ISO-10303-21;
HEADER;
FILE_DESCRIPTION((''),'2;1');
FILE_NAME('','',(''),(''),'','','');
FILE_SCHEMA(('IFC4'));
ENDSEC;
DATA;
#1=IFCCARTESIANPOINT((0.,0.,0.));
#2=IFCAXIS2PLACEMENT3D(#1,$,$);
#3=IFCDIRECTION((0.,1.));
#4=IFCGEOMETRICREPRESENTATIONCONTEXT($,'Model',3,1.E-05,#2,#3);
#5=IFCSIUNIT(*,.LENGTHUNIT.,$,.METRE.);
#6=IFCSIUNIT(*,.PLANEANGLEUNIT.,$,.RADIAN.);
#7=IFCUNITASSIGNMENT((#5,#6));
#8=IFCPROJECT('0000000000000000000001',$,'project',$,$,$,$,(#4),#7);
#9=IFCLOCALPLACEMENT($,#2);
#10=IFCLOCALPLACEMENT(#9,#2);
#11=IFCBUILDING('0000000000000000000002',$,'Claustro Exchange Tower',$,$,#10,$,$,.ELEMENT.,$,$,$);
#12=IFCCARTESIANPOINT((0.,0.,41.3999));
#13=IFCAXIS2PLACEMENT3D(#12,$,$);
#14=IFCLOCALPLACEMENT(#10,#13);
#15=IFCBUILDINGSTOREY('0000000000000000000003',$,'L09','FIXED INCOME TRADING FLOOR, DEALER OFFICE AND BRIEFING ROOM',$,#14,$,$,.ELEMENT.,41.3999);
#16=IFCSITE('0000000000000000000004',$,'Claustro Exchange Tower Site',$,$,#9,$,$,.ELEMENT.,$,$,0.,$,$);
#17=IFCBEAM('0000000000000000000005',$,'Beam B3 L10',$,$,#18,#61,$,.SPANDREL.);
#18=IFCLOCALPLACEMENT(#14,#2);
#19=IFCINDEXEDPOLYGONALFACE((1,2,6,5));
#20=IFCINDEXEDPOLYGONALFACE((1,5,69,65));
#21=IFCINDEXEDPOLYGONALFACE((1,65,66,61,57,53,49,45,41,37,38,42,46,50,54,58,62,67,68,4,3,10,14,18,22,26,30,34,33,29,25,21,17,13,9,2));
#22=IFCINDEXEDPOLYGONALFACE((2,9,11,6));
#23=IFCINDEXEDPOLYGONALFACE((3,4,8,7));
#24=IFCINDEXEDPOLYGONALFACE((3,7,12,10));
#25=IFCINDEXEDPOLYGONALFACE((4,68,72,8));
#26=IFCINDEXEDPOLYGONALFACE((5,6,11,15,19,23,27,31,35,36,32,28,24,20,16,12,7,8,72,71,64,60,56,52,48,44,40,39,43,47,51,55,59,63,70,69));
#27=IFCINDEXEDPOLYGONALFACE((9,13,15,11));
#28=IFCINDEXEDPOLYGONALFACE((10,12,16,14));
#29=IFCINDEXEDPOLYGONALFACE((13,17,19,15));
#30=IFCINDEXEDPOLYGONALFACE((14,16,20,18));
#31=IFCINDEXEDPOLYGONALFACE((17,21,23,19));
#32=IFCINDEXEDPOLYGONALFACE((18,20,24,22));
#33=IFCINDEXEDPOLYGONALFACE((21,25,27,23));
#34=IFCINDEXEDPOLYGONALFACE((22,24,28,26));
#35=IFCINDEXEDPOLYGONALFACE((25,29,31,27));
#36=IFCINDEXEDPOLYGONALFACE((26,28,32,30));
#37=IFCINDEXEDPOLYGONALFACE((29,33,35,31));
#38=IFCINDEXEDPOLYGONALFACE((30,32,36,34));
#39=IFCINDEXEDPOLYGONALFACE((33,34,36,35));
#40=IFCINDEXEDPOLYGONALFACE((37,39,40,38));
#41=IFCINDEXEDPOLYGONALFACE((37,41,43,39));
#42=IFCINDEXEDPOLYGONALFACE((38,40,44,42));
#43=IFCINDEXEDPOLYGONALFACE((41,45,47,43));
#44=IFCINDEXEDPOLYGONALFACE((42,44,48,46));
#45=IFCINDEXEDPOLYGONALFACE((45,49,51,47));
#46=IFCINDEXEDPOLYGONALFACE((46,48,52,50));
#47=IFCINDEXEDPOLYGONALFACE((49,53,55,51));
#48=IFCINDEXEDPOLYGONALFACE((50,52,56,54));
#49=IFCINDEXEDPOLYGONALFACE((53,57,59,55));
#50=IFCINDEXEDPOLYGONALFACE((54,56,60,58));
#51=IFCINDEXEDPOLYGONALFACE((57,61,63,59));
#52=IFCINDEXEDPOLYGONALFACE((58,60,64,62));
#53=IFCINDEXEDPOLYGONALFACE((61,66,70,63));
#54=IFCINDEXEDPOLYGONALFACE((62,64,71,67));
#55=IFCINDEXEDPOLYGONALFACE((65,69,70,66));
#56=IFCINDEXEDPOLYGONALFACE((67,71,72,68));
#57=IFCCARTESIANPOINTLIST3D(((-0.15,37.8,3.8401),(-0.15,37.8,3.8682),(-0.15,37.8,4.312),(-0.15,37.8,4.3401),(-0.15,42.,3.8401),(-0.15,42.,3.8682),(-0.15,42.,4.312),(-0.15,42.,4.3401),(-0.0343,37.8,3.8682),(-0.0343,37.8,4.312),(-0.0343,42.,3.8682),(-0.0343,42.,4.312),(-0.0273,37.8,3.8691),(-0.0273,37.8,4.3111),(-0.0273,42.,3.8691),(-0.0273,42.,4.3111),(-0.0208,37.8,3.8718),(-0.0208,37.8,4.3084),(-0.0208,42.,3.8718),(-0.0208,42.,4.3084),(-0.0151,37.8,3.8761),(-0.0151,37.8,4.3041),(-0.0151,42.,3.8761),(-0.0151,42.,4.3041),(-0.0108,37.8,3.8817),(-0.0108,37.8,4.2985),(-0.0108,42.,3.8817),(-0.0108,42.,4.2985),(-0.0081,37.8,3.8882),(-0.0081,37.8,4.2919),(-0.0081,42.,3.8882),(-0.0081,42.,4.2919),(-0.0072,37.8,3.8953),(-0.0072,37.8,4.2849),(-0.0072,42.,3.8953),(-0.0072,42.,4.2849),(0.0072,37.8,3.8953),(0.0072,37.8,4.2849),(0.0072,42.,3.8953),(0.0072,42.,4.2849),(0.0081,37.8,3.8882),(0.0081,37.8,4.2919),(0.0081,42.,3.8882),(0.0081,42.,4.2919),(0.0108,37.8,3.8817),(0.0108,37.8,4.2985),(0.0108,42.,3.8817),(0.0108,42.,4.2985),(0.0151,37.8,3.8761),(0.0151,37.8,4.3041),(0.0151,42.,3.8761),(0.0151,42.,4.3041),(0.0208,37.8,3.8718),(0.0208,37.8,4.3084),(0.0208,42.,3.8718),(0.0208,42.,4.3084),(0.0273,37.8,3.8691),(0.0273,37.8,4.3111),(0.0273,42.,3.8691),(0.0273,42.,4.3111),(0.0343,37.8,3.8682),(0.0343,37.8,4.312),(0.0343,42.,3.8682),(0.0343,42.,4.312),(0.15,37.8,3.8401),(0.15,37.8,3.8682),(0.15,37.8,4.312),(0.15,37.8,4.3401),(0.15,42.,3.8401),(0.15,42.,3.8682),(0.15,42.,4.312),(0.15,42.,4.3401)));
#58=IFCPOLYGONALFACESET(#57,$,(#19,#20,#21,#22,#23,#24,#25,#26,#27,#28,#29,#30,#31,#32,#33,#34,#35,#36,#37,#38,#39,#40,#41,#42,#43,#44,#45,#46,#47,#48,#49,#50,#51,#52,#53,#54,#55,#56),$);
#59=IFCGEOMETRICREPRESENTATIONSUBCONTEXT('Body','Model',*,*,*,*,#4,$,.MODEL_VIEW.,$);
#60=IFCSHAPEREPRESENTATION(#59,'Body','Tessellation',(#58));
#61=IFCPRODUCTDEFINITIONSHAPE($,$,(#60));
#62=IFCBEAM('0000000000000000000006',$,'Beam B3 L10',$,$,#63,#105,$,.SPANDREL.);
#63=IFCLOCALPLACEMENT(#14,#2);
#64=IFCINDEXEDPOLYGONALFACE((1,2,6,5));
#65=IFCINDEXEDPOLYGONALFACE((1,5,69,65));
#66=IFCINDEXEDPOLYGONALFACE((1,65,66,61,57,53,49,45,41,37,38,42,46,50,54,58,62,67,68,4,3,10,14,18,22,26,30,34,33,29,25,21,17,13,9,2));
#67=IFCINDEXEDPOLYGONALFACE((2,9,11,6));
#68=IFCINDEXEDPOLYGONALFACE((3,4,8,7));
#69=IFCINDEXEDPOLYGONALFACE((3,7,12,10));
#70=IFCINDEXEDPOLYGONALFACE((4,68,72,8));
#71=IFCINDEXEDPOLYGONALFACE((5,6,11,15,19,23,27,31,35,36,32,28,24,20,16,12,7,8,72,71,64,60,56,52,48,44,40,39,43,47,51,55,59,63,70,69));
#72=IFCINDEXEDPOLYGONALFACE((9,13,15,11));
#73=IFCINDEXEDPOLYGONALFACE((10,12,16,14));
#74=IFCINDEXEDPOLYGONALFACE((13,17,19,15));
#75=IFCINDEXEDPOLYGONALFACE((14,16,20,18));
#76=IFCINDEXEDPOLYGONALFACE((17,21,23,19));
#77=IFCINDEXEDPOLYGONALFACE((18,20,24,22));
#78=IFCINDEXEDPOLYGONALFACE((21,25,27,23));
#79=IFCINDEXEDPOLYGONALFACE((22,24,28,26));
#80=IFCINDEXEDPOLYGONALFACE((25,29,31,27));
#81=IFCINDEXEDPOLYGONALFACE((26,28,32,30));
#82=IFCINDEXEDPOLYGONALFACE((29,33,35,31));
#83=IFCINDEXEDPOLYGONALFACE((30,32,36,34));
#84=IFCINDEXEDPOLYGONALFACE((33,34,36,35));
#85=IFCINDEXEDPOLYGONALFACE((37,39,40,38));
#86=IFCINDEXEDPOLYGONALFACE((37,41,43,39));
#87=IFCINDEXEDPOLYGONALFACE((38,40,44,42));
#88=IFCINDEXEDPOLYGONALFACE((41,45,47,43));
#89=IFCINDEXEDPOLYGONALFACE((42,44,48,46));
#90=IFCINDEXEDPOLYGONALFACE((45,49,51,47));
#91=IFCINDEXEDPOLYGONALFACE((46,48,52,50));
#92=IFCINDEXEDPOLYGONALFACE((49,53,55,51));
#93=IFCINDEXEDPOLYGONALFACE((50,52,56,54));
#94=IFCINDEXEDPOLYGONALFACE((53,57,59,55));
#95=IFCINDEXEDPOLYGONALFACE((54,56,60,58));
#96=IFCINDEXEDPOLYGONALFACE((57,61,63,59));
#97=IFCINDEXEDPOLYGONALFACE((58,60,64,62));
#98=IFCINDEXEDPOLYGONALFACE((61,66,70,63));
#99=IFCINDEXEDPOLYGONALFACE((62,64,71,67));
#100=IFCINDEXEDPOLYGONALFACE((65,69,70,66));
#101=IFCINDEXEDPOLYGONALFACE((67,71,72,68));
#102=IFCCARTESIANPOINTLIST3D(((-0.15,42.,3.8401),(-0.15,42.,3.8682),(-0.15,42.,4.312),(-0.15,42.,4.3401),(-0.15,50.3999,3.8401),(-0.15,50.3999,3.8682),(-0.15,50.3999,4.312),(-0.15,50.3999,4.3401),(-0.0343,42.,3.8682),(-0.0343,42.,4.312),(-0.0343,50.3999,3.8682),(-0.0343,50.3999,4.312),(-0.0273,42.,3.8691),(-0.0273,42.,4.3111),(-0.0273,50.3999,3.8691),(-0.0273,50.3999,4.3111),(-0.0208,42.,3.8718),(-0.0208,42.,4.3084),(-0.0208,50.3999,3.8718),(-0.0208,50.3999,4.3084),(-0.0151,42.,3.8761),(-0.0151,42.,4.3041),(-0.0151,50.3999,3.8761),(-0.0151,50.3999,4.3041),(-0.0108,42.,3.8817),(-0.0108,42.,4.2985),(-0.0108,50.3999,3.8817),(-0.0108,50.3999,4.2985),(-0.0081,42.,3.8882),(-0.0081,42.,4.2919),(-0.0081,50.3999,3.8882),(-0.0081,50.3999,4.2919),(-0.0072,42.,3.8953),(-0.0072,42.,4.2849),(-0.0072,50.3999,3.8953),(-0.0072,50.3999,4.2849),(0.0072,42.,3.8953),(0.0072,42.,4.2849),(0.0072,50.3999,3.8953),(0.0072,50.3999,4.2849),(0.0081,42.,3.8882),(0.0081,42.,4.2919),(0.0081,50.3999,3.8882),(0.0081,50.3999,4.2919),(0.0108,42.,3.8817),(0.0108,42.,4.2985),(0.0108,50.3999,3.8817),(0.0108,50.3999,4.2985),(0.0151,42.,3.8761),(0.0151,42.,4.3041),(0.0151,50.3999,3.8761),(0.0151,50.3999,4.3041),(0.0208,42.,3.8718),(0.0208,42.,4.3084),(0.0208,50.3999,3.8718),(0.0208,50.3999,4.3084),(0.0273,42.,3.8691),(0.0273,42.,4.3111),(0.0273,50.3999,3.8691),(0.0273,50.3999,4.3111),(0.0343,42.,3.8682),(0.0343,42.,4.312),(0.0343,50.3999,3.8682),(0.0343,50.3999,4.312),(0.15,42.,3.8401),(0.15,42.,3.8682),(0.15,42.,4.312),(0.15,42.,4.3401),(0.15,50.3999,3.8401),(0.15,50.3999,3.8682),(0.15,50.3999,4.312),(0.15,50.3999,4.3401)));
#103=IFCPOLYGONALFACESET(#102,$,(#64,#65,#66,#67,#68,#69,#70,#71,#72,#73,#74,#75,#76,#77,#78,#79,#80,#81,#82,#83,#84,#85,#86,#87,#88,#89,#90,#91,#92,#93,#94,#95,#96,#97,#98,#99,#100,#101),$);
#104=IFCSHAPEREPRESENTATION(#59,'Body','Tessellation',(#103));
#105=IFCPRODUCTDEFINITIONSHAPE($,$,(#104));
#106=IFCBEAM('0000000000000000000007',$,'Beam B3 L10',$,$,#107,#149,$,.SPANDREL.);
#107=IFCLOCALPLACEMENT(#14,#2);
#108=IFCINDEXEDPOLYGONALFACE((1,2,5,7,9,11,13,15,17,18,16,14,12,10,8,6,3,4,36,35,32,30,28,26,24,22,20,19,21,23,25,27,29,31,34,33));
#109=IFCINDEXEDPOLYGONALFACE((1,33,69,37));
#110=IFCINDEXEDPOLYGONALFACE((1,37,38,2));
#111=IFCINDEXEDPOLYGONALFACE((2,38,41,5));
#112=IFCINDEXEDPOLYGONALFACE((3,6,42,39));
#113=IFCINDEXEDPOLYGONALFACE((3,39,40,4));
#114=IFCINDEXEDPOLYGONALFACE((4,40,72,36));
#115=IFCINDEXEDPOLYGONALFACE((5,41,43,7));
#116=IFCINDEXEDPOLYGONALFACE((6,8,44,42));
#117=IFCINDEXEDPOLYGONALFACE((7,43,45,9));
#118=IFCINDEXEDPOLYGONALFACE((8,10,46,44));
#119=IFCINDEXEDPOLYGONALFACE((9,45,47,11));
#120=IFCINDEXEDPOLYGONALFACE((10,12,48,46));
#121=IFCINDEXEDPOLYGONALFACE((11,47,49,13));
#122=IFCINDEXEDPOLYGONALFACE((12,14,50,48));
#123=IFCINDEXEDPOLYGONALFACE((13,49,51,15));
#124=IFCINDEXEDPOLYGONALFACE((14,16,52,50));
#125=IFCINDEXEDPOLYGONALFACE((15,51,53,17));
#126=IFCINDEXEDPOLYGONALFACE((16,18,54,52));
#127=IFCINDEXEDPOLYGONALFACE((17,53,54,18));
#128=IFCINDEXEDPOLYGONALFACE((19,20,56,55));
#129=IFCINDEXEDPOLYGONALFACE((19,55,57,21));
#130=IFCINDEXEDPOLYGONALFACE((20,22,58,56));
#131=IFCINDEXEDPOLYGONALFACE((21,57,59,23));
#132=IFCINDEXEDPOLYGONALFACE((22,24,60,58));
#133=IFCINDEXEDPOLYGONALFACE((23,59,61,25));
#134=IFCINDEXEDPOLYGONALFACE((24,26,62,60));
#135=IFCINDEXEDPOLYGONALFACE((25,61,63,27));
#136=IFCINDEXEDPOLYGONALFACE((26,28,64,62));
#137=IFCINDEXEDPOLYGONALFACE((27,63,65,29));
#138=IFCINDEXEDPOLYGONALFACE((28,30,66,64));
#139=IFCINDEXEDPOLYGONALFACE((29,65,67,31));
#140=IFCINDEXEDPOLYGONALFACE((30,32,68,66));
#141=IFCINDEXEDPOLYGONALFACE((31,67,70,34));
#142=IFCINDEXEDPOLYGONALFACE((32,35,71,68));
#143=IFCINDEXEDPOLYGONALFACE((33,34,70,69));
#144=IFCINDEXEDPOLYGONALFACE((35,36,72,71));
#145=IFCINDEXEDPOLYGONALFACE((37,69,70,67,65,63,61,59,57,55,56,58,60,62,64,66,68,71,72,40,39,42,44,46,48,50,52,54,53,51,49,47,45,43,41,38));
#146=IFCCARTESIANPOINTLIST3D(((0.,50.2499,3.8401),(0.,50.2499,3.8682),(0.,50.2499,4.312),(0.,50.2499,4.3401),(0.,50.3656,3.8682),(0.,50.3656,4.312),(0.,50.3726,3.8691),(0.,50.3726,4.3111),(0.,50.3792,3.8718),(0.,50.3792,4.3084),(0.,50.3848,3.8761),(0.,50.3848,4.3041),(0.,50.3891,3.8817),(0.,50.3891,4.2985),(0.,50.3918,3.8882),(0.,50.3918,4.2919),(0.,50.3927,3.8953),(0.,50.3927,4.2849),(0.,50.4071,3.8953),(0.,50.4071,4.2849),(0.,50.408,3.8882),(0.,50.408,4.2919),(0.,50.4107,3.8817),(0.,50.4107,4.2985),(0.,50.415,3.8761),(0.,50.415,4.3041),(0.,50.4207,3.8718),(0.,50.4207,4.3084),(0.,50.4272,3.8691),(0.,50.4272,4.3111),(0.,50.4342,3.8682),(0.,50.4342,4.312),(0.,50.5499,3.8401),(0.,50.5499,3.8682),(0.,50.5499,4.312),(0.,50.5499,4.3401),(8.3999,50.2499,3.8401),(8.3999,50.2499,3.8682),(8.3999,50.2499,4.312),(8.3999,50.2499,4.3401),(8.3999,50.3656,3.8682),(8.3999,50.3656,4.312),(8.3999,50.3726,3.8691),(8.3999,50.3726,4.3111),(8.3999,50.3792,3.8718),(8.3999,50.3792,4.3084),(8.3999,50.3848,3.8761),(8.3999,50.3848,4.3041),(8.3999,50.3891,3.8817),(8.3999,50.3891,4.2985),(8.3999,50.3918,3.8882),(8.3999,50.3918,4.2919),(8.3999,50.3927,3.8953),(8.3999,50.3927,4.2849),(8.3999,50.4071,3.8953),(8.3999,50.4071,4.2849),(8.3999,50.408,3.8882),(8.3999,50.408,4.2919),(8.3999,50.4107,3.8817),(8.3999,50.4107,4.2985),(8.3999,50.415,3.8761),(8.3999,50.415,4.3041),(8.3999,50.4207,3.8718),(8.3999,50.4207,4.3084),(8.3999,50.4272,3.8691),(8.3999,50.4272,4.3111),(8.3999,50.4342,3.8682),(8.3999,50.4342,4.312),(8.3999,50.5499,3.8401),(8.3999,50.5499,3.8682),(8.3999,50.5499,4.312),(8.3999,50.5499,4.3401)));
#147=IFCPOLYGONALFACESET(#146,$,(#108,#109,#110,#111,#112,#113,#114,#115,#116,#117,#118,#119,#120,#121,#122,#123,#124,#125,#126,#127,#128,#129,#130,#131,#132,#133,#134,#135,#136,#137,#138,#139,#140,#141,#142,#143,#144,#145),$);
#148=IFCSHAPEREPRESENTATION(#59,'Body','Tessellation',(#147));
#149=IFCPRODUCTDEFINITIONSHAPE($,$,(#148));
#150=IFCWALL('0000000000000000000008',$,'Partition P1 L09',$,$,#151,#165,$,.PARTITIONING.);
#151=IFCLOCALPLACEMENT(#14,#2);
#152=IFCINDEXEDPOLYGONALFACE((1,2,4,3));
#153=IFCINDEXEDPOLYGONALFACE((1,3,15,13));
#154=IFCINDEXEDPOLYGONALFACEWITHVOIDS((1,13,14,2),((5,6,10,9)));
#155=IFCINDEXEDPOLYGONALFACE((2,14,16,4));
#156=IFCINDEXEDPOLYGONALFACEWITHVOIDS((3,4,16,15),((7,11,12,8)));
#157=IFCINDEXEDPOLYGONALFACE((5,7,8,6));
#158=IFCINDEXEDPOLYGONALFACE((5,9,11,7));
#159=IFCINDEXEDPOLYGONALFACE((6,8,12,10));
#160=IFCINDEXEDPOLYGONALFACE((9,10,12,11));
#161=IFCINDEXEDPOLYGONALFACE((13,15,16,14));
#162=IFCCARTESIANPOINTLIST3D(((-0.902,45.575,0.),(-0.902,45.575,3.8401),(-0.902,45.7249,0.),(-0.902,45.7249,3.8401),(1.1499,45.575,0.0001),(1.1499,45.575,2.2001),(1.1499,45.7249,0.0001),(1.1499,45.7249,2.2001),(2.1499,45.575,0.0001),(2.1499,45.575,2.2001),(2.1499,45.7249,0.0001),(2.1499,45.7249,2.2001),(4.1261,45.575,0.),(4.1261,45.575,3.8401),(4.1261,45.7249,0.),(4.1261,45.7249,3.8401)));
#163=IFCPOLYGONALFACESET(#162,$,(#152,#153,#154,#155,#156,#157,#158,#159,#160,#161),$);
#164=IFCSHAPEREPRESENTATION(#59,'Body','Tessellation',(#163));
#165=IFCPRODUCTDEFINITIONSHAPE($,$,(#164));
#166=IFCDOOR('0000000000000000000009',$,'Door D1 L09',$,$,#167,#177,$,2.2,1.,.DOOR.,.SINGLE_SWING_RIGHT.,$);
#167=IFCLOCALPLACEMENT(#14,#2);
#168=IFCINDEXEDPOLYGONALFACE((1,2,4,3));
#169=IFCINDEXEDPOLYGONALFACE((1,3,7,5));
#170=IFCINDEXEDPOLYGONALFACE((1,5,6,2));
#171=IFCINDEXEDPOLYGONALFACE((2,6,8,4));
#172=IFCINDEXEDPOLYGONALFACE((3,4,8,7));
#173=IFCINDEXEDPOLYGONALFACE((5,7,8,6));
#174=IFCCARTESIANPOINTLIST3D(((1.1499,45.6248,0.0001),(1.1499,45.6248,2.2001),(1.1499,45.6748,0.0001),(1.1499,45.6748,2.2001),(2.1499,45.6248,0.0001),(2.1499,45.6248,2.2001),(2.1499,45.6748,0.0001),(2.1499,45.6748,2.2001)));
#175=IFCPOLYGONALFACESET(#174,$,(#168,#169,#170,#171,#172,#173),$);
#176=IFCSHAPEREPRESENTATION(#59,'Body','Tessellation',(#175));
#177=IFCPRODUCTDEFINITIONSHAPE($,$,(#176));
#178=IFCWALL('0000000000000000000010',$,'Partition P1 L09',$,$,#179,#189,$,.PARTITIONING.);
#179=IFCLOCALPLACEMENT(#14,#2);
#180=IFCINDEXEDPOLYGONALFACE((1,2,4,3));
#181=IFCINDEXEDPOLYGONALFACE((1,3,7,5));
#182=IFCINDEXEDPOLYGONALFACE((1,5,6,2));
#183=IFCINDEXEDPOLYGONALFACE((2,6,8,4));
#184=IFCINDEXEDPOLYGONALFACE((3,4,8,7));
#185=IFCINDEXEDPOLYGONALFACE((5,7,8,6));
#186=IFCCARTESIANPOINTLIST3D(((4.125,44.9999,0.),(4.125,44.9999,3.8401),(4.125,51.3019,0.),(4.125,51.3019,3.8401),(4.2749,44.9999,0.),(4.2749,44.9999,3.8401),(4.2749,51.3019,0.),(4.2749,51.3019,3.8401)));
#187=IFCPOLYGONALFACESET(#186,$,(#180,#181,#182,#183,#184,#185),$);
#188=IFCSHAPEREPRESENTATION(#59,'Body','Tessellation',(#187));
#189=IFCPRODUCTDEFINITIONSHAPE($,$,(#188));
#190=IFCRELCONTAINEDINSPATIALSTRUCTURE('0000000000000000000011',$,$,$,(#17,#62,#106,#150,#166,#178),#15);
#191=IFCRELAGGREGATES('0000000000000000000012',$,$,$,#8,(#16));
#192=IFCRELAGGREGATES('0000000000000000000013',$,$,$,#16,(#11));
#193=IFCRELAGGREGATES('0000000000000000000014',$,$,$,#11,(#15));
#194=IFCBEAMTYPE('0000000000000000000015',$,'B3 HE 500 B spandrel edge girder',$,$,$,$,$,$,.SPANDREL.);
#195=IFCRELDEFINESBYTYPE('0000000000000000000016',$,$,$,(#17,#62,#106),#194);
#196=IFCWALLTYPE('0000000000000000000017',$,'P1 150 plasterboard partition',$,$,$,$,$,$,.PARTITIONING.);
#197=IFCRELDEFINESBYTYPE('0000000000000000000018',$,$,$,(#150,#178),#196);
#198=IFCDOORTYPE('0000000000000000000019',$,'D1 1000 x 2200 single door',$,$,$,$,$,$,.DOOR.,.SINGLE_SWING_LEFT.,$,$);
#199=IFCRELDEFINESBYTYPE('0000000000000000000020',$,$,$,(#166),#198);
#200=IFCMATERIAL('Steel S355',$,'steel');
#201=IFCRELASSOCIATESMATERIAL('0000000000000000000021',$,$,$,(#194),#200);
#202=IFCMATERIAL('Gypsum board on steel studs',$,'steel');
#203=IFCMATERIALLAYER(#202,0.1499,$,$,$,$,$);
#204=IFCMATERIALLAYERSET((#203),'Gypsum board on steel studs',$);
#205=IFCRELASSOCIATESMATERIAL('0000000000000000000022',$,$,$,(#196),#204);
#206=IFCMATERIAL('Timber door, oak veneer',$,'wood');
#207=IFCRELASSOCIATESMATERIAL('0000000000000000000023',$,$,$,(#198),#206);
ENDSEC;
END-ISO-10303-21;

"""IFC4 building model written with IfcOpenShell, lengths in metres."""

from ifc_helpers import new_model, si_unit, direction, frame, frame_2d, origin, origin_2d, place, context, subcontext, project, spatial, rectangle, i_section, extrude, material, layer, layer_set, material_profile, profile_set, type_object, element, fill, save


model = new_model("IFC4")

# Units and contexts
model_context = context("Model", 3, precision=1e-05, world=origin(), true_north=direction((0.0, 1.0)))
body_context = subcontext(model_context, "Body", "Model", "MODEL_VIEW")
ifc_project = project(units=[si_unit("LENGTHUNIT", "METRE"), si_unit("PLANEANGLEUNIT", "RADIAN")], contexts=[model_context])

# Site, building, storey
site_placement = place(None, origin())
site = spatial("IfcSite", under=ifc_project, at=site_placement, Name="Claustro Exchange Tower Site", CompositionType="ELEMENT", RefElevation=0.0)
building_placement = place(site_placement, origin())
building = spatial("IfcBuilding", under=site, at=building_placement, Name="Claustro Exchange Tower", CompositionType="ELEMENT")
storey_placement = place(building_placement, frame((0.0, 0.0, 41.3999)))
storey = spatial("IfcBuildingStorey", under=building, at=storey_placement, Name="L09", Description="FIXED INCOME TRADING FLOOR, DEALER OFFICE AND BRIEFING ROOM", CompositionType="ELEMENT", Elevation=41.3999)

# Beams
ifc_material_1 = material(Name="Steel S355", Category="steel")
ifc_material_profile_1 = material_profile(ifc_material_1, i_section(OverallWidth=0.3, OverallDepth=0.5, WebThickness=0.0144, FlangeThickness=0.0281, FilletRadius=0.0271, at=origin_2d()), Name="HE 500 B")
ifc_profile_set_1 = profile_set([ifc_material_profile_1], Name="Steel S355")
beam_type_1 = type_object("IfcBeamType", Name="B3 HE 500 B spandrel edge girder", PredefinedType="SPANDREL", material=ifc_profile_set_1)
beam_1_placement = place(storey_placement, frame((0.0, 37.8, 4.0901), z_axis=(0.0, 1.0, 0.0), x_axis=(-1.0, 0.0, 0.0)))
element("IfcBeam", 1, at=beam_1_placement, inside=storey, type_object=beam_type_1, Name="Beam B3 L10", PredefinedType="SPANDREL", context=body_context, shape_type="SweptSolid", body=[
    extrude(i_section(OverallWidth=0.3, OverallDepth=0.5, WebThickness=0.0144, FlangeThickness=0.0281, FilletRadius=0.0271, at=origin_2d()), origin(), (0.0, 0.0, 1.0), 4.2),
])
for number, where, z_axis, x_axis, name in (
    (2, (0.0, 42.0, 4.0901), (0.0, 1.0, 0.0), (-1.0, 0.0, 0.0), "Beam B3 L10"),
    (3, (0.0, 50.3999, 4.0901), (1.0, 0.0, 0.0), (0.0, 1.0, 0.0), "Beam B3 L10"),
):
    element("IfcBeam", number, at=place(storey_placement, frame(where, z_axis=z_axis, x_axis=x_axis)), inside=storey, type_object=beam_type_1, Name=name, PredefinedType="SPANDREL", context=body_context, shape_type="SweptSolid", body=[
        extrude(i_section(OverallWidth=0.3, OverallDepth=0.5, WebThickness=0.0144, FlangeThickness=0.0281, FilletRadius=0.0271, at=origin_2d()), origin(), (0.0, 0.0, 1.0), 8.3999),
    ])

# Wall, opening, door
ifc_material_2 = material(Name="Gypsum board on steel studs", Category="steel")
ifc_layer_1 = layer(ifc_material_2, 0.1499)
ifc_layer_set_1 = layer_set([ifc_layer_1], Name="Gypsum board on steel studs")
wall_type_1 = type_object("IfcWallType", Name="P1 150 plasterboard partition", PredefinedType="PARTITIONING", material=ifc_layer_set_1)
wall_1_placement = place(storey_placement, frame((-0.9021, 45.6499, 0.0), z_axis=(0.0, 0.0, 1.0), x_axis=(1.0, 0.0, 0.0)))
wall_1 = element("IfcWall", 4, at=wall_1_placement, inside=storey, type_object=wall_type_1, Name="Partition P1 L09", PredefinedType="PARTITIONING", context=body_context, shape_type="SweptSolid", body=[
    extrude(rectangle(XDim=5.0281, YDim=0.1499, at=frame_2d((2.5142, 0.0))), origin(), (0.0, 0.0, 1.0), 3.8401),
])
opening_1_placement = place(wall_1_placement, frame((2.052, 0.0, 0.0)))
opening_1 = element("IfcOpeningElement", 5, at=opening_1_placement, cuts=wall_1, PredefinedType="OPENING", context=body_context, shape_type="SweptSolid", body=[
    extrude(rectangle(XDim=1.0, YDim=2.2, at=frame_2d((0.5, 1.1001))), frame((0.0, 0.085, 0.0), z_axis=(0.0, -1.0, 0.0), x_axis=(1.0, 0.0, 0.0)), (0.0, 0.0, 1.0), 0.1699),
])
ifc_material_3 = material(Name="Timber door, oak veneer", Category="wood")
door_type_1 = type_object("IfcDoorType", Name="D1 1000 x 2200 single door", OperationType="SINGLE_SWING_LEFT", PredefinedType="DOOR", material=ifc_material_3)
door_1_placement = place(opening_1_placement, origin())
door_1 = element("IfcDoor", 6, at=door_1_placement, inside=storey, type_object=door_type_1, Name="Door D1 L09", OperationType="SINGLE_SWING_RIGHT", OverallHeight=2.2, OverallWidth=1.0, PredefinedType="DOOR", context=body_context, shape_type="SweptSolid", body=[
    extrude(rectangle(XDim=1.0, YDim=2.2, at=frame_2d((0.5, 1.1001))), frame((0.0, 0.0249, 0.0), z_axis=(0.0, -1.0, 0.0), x_axis=(1.0, 0.0, 0.0)), (0.0, 0.0, 1.0), 0.05),
])
fill(opening_1, door_1)

# Wall
wall_2_placement = place(storey_placement, frame((4.2, 45.0, 0.0), z_axis=(0.0, 0.0, 1.0), x_axis=(0.0, 1.0, 0.0)))
element("IfcWall", 7, at=wall_2_placement, inside=storey, type_object=wall_type_1, Name="Partition P1 L09", PredefinedType="PARTITIONING", context=body_context, shape_type="SweptSolid", body=[
    extrude(rectangle(XDim=6.302, YDim=0.1499, at=frame_2d((3.1509, 0.0))), origin(), (0.0, 0.0, 1.0), 3.8401),
])

save(model, "model.ifc")
